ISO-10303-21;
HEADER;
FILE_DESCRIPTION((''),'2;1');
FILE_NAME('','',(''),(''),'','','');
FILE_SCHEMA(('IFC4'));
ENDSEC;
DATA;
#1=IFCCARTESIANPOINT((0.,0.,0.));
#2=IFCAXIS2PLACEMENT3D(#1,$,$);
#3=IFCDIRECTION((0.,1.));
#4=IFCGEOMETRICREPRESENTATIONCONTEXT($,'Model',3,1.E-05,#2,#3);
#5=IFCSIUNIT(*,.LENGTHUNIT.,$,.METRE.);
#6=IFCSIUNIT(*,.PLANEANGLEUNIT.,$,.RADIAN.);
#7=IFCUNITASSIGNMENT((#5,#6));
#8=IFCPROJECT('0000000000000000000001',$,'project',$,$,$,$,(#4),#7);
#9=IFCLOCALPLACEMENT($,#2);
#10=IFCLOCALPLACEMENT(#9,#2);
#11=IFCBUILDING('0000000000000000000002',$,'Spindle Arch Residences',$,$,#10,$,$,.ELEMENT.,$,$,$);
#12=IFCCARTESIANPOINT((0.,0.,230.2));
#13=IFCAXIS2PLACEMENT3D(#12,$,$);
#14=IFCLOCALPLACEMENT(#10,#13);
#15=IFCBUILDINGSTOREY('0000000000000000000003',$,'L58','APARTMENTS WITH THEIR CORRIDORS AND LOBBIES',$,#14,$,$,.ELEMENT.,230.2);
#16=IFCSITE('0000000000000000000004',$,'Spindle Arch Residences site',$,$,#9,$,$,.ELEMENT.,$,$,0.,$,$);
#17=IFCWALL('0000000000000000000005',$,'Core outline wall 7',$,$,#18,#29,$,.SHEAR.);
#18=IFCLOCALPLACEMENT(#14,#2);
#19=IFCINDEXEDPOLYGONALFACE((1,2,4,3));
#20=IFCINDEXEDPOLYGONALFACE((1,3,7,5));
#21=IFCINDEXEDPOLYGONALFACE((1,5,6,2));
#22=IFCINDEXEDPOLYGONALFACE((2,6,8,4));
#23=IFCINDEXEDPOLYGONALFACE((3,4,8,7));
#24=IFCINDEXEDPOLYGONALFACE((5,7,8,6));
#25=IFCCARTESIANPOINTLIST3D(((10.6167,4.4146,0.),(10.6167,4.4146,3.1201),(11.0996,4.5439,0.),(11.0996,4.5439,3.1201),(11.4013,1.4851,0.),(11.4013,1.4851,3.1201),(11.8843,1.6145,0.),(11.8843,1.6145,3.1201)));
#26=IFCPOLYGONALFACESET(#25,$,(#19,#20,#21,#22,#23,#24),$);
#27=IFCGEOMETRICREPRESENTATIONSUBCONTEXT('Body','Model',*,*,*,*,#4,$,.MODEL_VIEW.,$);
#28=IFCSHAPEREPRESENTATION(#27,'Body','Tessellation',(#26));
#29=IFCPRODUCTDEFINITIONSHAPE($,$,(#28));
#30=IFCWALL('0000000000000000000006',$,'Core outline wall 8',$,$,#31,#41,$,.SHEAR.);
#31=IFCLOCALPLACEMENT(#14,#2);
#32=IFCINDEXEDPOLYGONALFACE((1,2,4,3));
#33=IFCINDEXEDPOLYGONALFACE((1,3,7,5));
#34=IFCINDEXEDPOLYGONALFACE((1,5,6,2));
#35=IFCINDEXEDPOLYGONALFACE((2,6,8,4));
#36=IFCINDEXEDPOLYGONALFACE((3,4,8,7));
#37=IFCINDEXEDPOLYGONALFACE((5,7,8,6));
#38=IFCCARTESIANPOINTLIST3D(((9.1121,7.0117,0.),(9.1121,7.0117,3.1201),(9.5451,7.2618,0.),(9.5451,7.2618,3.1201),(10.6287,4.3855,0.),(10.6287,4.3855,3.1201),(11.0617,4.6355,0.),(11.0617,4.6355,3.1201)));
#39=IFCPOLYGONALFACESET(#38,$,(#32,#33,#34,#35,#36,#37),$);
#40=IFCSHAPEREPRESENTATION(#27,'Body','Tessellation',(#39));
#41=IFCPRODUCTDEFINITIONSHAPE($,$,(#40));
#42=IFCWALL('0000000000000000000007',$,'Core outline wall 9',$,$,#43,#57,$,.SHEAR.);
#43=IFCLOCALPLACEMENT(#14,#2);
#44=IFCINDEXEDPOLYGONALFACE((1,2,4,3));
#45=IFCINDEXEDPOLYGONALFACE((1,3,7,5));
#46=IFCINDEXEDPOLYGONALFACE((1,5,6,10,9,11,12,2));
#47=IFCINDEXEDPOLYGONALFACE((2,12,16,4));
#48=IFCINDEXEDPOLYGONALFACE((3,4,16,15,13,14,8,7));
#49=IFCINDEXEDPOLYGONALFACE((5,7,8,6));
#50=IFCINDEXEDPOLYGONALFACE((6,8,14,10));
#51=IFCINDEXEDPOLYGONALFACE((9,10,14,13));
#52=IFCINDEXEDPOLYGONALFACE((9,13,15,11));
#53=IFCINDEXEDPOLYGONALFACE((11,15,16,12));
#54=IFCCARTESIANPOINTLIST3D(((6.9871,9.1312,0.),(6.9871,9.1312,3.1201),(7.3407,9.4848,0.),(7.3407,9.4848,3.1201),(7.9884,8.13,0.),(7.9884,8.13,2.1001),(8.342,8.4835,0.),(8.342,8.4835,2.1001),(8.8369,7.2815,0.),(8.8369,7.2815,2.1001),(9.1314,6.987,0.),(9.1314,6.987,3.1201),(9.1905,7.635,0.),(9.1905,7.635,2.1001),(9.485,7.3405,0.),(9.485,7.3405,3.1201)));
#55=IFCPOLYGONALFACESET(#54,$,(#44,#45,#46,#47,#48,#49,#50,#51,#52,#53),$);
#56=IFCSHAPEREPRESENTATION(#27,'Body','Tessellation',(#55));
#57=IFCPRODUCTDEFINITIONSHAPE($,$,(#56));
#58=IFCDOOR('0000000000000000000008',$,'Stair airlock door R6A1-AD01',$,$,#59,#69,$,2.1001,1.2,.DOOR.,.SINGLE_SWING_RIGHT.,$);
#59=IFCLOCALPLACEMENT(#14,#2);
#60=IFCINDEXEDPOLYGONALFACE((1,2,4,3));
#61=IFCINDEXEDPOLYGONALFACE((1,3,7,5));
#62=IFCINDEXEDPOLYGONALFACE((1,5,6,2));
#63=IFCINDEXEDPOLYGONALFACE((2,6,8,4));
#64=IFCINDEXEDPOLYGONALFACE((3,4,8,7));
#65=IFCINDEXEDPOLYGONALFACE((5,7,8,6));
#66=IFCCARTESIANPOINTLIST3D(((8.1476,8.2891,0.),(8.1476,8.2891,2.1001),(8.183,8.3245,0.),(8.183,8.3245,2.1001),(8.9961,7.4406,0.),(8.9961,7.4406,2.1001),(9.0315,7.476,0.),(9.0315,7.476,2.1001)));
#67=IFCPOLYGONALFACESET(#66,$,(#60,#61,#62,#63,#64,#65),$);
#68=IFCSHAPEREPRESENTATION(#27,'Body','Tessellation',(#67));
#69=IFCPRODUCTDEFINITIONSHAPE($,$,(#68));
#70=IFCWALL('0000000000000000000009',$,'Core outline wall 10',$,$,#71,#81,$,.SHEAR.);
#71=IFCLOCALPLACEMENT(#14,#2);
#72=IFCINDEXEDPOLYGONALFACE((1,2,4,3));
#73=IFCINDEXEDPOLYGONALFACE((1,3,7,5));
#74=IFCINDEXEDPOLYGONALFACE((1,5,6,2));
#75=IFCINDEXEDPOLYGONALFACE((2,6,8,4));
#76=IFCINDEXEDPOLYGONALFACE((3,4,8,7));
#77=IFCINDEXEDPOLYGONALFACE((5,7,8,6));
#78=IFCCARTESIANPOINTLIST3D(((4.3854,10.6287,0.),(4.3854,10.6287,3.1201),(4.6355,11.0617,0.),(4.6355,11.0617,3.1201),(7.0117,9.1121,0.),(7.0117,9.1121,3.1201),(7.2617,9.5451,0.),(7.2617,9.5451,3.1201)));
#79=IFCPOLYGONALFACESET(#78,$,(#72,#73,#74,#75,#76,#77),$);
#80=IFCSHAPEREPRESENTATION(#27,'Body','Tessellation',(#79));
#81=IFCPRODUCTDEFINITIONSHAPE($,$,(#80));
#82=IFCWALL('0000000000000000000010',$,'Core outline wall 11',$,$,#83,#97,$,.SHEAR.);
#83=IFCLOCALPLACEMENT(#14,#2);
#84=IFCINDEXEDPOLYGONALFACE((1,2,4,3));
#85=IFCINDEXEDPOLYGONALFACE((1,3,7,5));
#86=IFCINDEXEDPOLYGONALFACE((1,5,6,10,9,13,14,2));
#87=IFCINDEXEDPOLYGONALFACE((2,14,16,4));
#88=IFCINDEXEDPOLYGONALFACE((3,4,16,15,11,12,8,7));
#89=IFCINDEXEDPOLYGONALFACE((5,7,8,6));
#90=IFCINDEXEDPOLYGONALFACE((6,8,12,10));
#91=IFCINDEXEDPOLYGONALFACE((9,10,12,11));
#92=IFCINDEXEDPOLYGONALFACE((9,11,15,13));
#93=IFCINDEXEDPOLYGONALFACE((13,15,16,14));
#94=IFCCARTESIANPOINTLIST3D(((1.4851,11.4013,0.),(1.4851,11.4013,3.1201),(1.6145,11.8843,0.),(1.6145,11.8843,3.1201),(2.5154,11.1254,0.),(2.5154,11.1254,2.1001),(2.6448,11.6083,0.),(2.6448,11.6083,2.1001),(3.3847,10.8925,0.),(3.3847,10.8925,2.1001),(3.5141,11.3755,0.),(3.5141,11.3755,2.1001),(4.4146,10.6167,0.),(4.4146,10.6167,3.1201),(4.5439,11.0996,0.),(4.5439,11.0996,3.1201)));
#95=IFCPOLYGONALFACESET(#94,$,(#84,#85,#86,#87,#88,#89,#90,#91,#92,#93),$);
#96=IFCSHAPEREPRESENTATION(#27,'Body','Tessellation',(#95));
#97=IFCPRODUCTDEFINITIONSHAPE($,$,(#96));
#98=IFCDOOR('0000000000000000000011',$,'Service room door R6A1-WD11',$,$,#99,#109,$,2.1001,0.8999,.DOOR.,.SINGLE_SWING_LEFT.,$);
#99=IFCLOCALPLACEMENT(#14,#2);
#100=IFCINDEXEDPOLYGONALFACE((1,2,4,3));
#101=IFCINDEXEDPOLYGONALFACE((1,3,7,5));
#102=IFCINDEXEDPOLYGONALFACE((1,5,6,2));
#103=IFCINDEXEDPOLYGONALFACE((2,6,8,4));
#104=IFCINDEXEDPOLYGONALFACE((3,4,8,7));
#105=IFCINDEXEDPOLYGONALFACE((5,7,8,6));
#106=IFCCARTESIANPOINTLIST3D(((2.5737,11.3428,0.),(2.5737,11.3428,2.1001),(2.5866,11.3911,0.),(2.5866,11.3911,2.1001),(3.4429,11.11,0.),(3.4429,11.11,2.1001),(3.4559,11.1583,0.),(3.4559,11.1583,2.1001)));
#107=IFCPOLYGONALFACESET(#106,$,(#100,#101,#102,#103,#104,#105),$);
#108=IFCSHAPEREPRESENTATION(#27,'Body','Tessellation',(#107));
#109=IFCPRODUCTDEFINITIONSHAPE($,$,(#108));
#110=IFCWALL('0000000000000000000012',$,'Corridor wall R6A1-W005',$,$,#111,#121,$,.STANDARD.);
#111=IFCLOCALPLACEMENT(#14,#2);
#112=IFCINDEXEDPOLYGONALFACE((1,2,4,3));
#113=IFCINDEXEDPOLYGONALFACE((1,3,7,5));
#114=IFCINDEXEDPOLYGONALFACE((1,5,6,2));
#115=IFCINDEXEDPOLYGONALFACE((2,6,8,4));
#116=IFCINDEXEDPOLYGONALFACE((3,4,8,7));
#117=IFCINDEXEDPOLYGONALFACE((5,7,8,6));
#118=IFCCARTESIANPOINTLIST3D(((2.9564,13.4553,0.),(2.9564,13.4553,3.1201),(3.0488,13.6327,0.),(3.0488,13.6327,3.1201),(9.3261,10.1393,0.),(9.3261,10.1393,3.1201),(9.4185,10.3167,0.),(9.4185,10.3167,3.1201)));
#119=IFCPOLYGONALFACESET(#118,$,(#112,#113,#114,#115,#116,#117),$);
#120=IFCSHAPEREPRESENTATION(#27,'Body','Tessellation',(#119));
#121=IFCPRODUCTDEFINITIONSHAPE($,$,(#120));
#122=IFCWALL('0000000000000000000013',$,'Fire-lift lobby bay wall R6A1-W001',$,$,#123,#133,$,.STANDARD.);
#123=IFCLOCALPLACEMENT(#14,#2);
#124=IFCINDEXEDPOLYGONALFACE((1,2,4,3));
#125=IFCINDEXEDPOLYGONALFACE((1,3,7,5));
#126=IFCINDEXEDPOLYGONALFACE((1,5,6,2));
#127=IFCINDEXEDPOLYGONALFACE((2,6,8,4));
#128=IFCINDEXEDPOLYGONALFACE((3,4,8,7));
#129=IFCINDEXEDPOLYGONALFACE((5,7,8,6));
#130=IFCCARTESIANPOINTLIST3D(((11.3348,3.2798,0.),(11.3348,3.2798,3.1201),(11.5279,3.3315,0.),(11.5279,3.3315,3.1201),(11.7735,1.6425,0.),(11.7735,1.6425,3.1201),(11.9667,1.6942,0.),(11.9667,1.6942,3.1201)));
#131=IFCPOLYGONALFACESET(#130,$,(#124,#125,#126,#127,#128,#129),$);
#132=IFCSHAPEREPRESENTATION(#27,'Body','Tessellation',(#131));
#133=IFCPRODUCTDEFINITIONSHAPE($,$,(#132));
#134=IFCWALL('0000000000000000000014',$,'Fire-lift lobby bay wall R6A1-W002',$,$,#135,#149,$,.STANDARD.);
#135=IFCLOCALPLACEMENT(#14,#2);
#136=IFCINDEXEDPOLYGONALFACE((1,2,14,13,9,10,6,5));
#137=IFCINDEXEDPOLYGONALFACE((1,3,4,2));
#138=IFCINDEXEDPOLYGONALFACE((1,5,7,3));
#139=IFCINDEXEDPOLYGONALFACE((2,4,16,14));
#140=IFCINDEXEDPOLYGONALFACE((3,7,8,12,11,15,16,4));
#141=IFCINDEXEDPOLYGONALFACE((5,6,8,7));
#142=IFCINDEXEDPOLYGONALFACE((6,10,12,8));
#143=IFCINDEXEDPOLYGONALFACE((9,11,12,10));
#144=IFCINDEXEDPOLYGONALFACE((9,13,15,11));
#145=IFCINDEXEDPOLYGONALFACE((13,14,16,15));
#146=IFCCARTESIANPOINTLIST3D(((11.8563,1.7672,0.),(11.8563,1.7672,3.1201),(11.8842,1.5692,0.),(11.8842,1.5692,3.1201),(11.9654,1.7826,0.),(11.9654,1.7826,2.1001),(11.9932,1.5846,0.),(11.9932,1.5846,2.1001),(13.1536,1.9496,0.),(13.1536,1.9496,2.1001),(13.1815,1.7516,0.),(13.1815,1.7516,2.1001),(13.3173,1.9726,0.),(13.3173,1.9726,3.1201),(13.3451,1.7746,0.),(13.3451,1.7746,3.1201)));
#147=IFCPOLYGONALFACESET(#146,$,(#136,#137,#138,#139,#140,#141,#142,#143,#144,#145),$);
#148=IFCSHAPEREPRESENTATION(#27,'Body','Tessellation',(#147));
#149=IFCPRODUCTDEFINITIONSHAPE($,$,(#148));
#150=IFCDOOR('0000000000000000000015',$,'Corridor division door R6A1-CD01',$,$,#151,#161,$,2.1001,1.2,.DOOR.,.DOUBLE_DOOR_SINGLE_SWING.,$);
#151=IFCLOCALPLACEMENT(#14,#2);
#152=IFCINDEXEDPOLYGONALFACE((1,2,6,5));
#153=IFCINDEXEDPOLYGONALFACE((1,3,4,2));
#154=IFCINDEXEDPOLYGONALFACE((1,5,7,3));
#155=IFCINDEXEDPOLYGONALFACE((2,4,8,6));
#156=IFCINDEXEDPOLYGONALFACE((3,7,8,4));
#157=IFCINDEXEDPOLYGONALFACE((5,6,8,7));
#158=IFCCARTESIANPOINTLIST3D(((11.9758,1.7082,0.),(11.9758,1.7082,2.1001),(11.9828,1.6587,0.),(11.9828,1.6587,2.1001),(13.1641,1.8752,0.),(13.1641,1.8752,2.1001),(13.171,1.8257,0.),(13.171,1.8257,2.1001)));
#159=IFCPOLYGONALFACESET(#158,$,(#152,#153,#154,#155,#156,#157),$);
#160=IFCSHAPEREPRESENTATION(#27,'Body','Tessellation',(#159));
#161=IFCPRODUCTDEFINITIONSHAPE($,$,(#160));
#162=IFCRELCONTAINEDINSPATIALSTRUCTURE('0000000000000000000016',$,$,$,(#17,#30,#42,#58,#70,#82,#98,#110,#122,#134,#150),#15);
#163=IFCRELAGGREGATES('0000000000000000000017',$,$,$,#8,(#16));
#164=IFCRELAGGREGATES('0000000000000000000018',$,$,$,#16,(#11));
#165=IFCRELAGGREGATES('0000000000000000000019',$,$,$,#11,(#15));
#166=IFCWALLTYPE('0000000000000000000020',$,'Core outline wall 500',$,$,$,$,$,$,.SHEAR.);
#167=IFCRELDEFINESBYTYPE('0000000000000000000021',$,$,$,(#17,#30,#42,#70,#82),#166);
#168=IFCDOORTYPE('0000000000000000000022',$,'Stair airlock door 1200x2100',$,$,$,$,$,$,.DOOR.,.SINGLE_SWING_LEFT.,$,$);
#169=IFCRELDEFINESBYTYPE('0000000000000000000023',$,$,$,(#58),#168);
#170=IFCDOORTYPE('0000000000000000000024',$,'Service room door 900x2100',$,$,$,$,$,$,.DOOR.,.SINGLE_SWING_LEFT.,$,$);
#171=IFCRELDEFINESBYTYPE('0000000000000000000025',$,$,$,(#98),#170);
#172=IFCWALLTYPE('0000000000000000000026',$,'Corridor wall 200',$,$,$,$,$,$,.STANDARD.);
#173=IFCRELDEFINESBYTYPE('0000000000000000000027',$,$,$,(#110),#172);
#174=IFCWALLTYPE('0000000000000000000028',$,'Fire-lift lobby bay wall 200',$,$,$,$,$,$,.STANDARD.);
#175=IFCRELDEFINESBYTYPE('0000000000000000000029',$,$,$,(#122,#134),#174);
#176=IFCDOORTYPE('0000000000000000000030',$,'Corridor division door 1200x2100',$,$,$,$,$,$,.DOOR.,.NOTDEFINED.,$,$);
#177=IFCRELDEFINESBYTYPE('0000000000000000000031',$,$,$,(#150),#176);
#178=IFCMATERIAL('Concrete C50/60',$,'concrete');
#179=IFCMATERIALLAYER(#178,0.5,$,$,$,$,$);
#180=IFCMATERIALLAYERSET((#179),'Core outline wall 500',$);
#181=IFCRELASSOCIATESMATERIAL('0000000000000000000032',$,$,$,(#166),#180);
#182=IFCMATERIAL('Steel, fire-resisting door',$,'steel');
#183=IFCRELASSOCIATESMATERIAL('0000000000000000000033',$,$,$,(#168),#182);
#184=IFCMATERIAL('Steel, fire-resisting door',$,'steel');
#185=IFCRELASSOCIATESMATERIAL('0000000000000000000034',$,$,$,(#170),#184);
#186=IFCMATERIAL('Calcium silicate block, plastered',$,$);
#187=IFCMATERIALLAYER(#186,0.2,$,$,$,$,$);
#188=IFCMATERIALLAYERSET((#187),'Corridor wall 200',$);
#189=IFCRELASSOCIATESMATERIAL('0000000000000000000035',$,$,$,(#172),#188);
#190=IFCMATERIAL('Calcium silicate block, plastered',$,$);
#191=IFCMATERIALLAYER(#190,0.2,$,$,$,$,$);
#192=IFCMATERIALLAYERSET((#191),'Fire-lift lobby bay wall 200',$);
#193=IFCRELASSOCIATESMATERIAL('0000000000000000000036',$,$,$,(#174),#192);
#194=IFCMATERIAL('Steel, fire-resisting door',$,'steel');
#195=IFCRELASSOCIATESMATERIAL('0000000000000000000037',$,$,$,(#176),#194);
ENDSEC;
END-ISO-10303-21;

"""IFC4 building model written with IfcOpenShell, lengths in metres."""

from ifc_helpers import new_model, si_unit, direction, frame, frame_2d, origin, place, context, subcontext, project, spatial, rectangle, extrude, material, layer, layer_set, type_object, element, fill, save


model = new_model("IFC4")

# Units and contexts
model_context = context("Model", 3, precision=1e-05, world=origin(), true_north=direction((0.0, 1.0)))
body_context = subcontext(model_context, "Body", "Model", "MODEL_VIEW")
ifc_project = project(units=[si_unit("LENGTHUNIT", "METRE"), si_unit("PLANEANGLEUNIT", "RADIAN")], contexts=[model_context])

# Site, building, storey
site_placement = place(None, origin())
site = spatial("IfcSite", under=ifc_project, at=site_placement, Name="Spindle Arch Residences site", CompositionType="ELEMENT", RefElevation=0.0)
building_placement = place(site_placement, origin())
building = spatial("IfcBuilding", under=site, at=building_placement, Name="Spindle Arch Residences", CompositionType="ELEMENT")
storey_placement = place(building_placement, frame((0.0, 0.0, 230.2)))
storey = spatial("IfcBuildingStorey", under=building, at=storey_placement, Name="L58", Description="APARTMENTS WITH THEIR CORRIDORS AND LOBBIES", CompositionType="ELEMENT", Elevation=230.2)

# Walls
ifc_material_1 = material(Name="Concrete C50/60", Category="concrete")
ifc_layer_1 = layer(ifc_material_1, 0.5)
ifc_layer_set_1 = layer_set([ifc_layer_1], Name="Core outline wall 500")
wall_type_1 = type_object("IfcWallType", Name="Core outline wall 500", PredefinedType="SHEAR", material=ifc_layer_set_1)
for number, where, z_axis, x_axis, name in (
    (1, (11.6428, 1.5498, 0.0), (0.0, 0.0, 1.0), (-0.258735, 0.965948, 0.0), "Core outline wall 7"),
    (2, (10.8452, 4.5105, 0.0), (0.0, 0.0, 1.0), (-0.500087, 0.865975, 0.0), "Core outline wall 8"),
):
    element("IfcWall", number, at=place(storey_placement, frame(where, z_axis=z_axis, x_axis=x_axis)), inside=storey, type_object=wall_type_1, Name=name, PredefinedType="SHEAR", context=body_context, shape_type="SweptSolid", body=[
        extrude(rectangle(XDim=3.0327, YDim=0.5, at=frame_2d((1.5164, 0.0))), origin(), (0.0, 0.0, 1.0), 3.1201),
    ])

# Wall, opening, door
wall_1_placement = place(storey_placement, frame((9.3081, 7.1638, 0.0), z_axis=(0.0, 0.0, 1.0), x_axis=(-0.707107, 0.707107, 0.0)))
wall_1 = element("IfcWall", 3, at=wall_1_placement, inside=storey, type_object=wall_type_1, Name="Core outline wall 9", PredefinedType="SHEAR", context=body_context, shape_type="SweptSolid", body=[
    extrude(rectangle(XDim=3.0325, YDim=0.5, at=frame_2d((1.5161, 0.0))), origin(), (0.0, 0.0, 1.0), 3.1201),
])
opening_1_placement = place(wall_1_placement, frame((0.4163, 0.0, 0.0)))
opening_1 = element("IfcOpeningElement", 4, at=opening_1_placement, cuts=wall_1, PredefinedType="OPENING", context=body_context, shape_type="SweptSolid", body=[
    extrude(rectangle(XDim=1.2, YDim=2.1001, at=frame_2d((0.6001, 1.05))), frame((0.0, 0.26, 0.0), z_axis=(0.0, -1.0, 0.0), x_axis=(1.0, 0.0, 0.0)), (0.0, 0.0, 1.0), 0.52),
])
ifc_material_2 = material(Name="Steel, fire-resisting door", Category="steel")
door_type_1 = type_object("IfcDoorType", Name="Stair airlock door 1200x2100", OperationType="SINGLE_SWING_LEFT", PredefinedType="DOOR", material=ifc_material_2)
door_1_placement = place(opening_1_placement, origin())
door_1 = element("IfcDoor", 5, at=door_1_placement, inside=storey, type_object=door_type_1, Name="Stair airlock door R6A1-AD01", OperationType="SINGLE_SWING_RIGHT", OverallHeight=2.1001, OverallWidth=1.2, PredefinedType="DOOR", context=body_context, shape_type="SweptSolid", body=[
    extrude(rectangle(XDim=1.2, YDim=2.1001, at=frame_2d((0.6001, 1.05))), frame((0.0, 0.0249, 0.0), z_axis=(0.0, -1.0, 0.0), x_axis=(1.0, 0.0, 0.0)), (0.0, 0.0, 1.0), 0.05),
])
fill(opening_1, door_1)

# Wall
wall_2_placement = place(storey_placement, frame((7.1367, 9.3286, 0.0), z_axis=(0.0, 0.0, 1.0), x_axis=(-0.865975, 0.500087, 0.0)))
element("IfcWall", 6, at=wall_2_placement, inside=storey, type_object=wall_type_1, Name="Core outline wall 10", PredefinedType="SHEAR", context=body_context, shape_type="SweptSolid", body=[
    extrude(rectangle(XDim=3.0327, YDim=0.5, at=frame_2d((1.5164, 0.0))), origin(), (0.0, 0.0, 1.0), 3.1201),
])

# Wall, opening, door
wall_3_placement = place(storey_placement, frame((4.4792, 10.8582, 0.0), z_axis=(0.0, 0.0, 1.0), x_axis=(-0.965948, 0.258735, 0.0)))
wall_3 = element("IfcWall", 7, at=wall_3_placement, inside=storey, type_object=wall_type_1, Name="Core outline wall 11", PredefinedType="SHEAR", context=body_context, shape_type="SweptSolid", body=[
    extrude(rectangle(XDim=3.0327, YDim=0.5, at=frame_2d((1.5164, 0.0))), origin(), (0.0, 0.0, 1.0), 3.1201),
])
opening_2_placement = place(wall_3_placement, frame((1.0662, 0.0, 0.0)))
opening_2 = element("IfcOpeningElement", 8, at=opening_2_placement, cuts=wall_3, PredefinedType="OPENING", context=body_context, shape_type="SweptSolid", body=[
    extrude(rectangle(XDim=0.8999, YDim=2.1001, at=frame_2d((0.45, 1.05))), frame((0.0, 0.26, 0.0), z_axis=(0.0, -1.0, 0.0), x_axis=(1.0, 0.0, 0.0)), (0.0, 0.0, 1.0), 0.52),
])
ifc_material_3 = material(Name="Steel, fire-resisting door", Category="steel")
door_type_2 = type_object("IfcDoorType", Name="Service room door 900x2100", OperationType="SINGLE_SWING_LEFT", PredefinedType="DOOR", material=ifc_material_3)
door_2_placement = place(opening_2_placement, origin())
door_2 = element("IfcDoor", 9, at=door_2_placement, inside=storey, type_object=door_type_2, Name="Service room door R6A1-WD11", OperationType="SINGLE_SWING_LEFT", OverallHeight=2.1001, OverallWidth=0.8999, PredefinedType="DOOR", context=body_context, shape_type="SweptSolid", body=[
    extrude(rectangle(XDim=0.8999, YDim=2.1001, at=frame_2d((0.45, 1.05))), frame((0.0, 0.0249, 0.0), z_axis=(0.0, -1.0, 0.0), x_axis=(1.0, 0.0, 0.0)), (0.0, 0.0, 1.0), 0.05),
])
fill(opening_2, door_2)

# Walls
ifc_material_4 = material(Name="Calcium silicate block, plastered")
ifc_layer_2 = layer(ifc_material_4, 0.2)
ifc_layer_set_2 = layer_set([ifc_layer_2], Name="Corridor wall 200")
wall_type_2 = type_object("IfcWallType", Name="Corridor wall 200", PredefinedType="STANDARD", material=ifc_layer_set_2)
wall_4_placement = place(storey_placement, frame((9.3723, 10.228, 0.0), z_axis=(0.0, 0.0, 1.0), x_axis=(-0.887005, 0.461759, 0.0)))
element("IfcWall", 10, at=wall_4_placement, inside=storey, type_object=wall_type_2, Name="Corridor wall R6A1-W005", PredefinedType="STANDARD", context=body_context, shape_type="SweptSolid", body=[
    extrude(rectangle(XDim=7.1812, YDim=0.2, at=frame_2d((3.5906, 0.0))), origin(), (0.0, 0.0, 1.0), 3.1201),
])
ifc_material_5 = material(Name="Calcium silicate block, plastered")
ifc_layer_3 = layer(ifc_material_5, 0.2)
ifc_layer_set_3 = layer_set([ifc_layer_3], Name="Fire-lift lobby bay wall 200")
wall_type_3 = type_object("IfcWallType", Name="Fire-lift lobby bay wall 200", PredefinedType="STANDARD", material=ifc_layer_set_3)
wall_5_placement = place(storey_placement, frame((11.8701, 1.6682, 0.0), z_axis=(0.0, 0.0, 1.0), x_axis=(-0.258837, 0.965921, 0.0)))
element("IfcWall", 11, at=wall_5_placement, inside=storey, type_object=wall_type_3, Name="Fire-lift lobby bay wall R6A1-W001", PredefinedType="STANDARD", context=body_context, shape_type="SweptSolid", body=[
    extrude(rectangle(XDim=1.6951, YDim=0.2, at=frame_2d((0.8477, 0.0))), origin(), (0.0, 0.0, 1.0), 3.1201),
])

# Wall, opening, door
wall_6_placement = place(storey_placement, frame((11.8701, 1.6682, 0.0), z_axis=(0.0, 0.0, 1.0), x_axis=(0.990268, 0.139174, 0.0)))
wall_6 = element("IfcWall", 12, at=wall_6_placement, inside=storey, type_object=wall_type_3, Name="Fire-lift lobby bay wall R6A1-W002", PredefinedType="STANDARD", context=body_context, shape_type="SweptSolid", body=[
    extrude(rectangle(XDim=1.4753, YDim=0.2, at=frame_2d((0.7378, 0.0))), origin(), (0.0, 0.0, 1.0), 3.1201),
])
opening_3_placement = place(wall_6_placement, frame((0.1101, 0.0, 0.0)))
opening_3 = element("IfcOpeningElement", 13, at=opening_3_placement, cuts=wall_6, PredefinedType="OPENING", context=body_context, shape_type="SweptSolid", body=[
    extrude(rectangle(XDim=1.2, YDim=2.1001, at=frame_2d((0.6001, 1.05))), frame((0.0, 0.1099, 0.0), z_axis=(0.0, -1.0, 0.0), x_axis=(1.0, 0.0, 0.0)), (0.0, 0.0, 1.0), 0.22),
])
ifc_material_6 = material(Name="Steel, fire-resisting door", Category="steel")
door_type_3 = type_object("IfcDoorType", Name="Corridor division door 1200x2100", OperationType="NOTDEFINED", PredefinedType="DOOR", material=ifc_material_6)
door_3_placement = place(opening_3_placement, origin())
door_3 = element("IfcDoor", 14, at=door_3_placement, inside=storey, type_object=door_type_3, Name="Corridor division door R6A1-CD01", OperationType="DOUBLE_DOOR_SINGLE_SWING", OverallHeight=2.1001, OverallWidth=1.2, PredefinedType="DOOR", context=body_context, shape_type="SweptSolid", body=[
    extrude(rectangle(XDim=1.2, YDim=2.1001, at=frame_2d((0.6001, 1.05))), frame((0.0, 0.0249, 0.0), z_axis=(0.0, -1.0, 0.0), x_axis=(1.0, 0.0, 0.0)), (0.0, 0.0, 1.0), 0.05),
])
fill(opening_3, door_3)

save(model, "model.ifc")
